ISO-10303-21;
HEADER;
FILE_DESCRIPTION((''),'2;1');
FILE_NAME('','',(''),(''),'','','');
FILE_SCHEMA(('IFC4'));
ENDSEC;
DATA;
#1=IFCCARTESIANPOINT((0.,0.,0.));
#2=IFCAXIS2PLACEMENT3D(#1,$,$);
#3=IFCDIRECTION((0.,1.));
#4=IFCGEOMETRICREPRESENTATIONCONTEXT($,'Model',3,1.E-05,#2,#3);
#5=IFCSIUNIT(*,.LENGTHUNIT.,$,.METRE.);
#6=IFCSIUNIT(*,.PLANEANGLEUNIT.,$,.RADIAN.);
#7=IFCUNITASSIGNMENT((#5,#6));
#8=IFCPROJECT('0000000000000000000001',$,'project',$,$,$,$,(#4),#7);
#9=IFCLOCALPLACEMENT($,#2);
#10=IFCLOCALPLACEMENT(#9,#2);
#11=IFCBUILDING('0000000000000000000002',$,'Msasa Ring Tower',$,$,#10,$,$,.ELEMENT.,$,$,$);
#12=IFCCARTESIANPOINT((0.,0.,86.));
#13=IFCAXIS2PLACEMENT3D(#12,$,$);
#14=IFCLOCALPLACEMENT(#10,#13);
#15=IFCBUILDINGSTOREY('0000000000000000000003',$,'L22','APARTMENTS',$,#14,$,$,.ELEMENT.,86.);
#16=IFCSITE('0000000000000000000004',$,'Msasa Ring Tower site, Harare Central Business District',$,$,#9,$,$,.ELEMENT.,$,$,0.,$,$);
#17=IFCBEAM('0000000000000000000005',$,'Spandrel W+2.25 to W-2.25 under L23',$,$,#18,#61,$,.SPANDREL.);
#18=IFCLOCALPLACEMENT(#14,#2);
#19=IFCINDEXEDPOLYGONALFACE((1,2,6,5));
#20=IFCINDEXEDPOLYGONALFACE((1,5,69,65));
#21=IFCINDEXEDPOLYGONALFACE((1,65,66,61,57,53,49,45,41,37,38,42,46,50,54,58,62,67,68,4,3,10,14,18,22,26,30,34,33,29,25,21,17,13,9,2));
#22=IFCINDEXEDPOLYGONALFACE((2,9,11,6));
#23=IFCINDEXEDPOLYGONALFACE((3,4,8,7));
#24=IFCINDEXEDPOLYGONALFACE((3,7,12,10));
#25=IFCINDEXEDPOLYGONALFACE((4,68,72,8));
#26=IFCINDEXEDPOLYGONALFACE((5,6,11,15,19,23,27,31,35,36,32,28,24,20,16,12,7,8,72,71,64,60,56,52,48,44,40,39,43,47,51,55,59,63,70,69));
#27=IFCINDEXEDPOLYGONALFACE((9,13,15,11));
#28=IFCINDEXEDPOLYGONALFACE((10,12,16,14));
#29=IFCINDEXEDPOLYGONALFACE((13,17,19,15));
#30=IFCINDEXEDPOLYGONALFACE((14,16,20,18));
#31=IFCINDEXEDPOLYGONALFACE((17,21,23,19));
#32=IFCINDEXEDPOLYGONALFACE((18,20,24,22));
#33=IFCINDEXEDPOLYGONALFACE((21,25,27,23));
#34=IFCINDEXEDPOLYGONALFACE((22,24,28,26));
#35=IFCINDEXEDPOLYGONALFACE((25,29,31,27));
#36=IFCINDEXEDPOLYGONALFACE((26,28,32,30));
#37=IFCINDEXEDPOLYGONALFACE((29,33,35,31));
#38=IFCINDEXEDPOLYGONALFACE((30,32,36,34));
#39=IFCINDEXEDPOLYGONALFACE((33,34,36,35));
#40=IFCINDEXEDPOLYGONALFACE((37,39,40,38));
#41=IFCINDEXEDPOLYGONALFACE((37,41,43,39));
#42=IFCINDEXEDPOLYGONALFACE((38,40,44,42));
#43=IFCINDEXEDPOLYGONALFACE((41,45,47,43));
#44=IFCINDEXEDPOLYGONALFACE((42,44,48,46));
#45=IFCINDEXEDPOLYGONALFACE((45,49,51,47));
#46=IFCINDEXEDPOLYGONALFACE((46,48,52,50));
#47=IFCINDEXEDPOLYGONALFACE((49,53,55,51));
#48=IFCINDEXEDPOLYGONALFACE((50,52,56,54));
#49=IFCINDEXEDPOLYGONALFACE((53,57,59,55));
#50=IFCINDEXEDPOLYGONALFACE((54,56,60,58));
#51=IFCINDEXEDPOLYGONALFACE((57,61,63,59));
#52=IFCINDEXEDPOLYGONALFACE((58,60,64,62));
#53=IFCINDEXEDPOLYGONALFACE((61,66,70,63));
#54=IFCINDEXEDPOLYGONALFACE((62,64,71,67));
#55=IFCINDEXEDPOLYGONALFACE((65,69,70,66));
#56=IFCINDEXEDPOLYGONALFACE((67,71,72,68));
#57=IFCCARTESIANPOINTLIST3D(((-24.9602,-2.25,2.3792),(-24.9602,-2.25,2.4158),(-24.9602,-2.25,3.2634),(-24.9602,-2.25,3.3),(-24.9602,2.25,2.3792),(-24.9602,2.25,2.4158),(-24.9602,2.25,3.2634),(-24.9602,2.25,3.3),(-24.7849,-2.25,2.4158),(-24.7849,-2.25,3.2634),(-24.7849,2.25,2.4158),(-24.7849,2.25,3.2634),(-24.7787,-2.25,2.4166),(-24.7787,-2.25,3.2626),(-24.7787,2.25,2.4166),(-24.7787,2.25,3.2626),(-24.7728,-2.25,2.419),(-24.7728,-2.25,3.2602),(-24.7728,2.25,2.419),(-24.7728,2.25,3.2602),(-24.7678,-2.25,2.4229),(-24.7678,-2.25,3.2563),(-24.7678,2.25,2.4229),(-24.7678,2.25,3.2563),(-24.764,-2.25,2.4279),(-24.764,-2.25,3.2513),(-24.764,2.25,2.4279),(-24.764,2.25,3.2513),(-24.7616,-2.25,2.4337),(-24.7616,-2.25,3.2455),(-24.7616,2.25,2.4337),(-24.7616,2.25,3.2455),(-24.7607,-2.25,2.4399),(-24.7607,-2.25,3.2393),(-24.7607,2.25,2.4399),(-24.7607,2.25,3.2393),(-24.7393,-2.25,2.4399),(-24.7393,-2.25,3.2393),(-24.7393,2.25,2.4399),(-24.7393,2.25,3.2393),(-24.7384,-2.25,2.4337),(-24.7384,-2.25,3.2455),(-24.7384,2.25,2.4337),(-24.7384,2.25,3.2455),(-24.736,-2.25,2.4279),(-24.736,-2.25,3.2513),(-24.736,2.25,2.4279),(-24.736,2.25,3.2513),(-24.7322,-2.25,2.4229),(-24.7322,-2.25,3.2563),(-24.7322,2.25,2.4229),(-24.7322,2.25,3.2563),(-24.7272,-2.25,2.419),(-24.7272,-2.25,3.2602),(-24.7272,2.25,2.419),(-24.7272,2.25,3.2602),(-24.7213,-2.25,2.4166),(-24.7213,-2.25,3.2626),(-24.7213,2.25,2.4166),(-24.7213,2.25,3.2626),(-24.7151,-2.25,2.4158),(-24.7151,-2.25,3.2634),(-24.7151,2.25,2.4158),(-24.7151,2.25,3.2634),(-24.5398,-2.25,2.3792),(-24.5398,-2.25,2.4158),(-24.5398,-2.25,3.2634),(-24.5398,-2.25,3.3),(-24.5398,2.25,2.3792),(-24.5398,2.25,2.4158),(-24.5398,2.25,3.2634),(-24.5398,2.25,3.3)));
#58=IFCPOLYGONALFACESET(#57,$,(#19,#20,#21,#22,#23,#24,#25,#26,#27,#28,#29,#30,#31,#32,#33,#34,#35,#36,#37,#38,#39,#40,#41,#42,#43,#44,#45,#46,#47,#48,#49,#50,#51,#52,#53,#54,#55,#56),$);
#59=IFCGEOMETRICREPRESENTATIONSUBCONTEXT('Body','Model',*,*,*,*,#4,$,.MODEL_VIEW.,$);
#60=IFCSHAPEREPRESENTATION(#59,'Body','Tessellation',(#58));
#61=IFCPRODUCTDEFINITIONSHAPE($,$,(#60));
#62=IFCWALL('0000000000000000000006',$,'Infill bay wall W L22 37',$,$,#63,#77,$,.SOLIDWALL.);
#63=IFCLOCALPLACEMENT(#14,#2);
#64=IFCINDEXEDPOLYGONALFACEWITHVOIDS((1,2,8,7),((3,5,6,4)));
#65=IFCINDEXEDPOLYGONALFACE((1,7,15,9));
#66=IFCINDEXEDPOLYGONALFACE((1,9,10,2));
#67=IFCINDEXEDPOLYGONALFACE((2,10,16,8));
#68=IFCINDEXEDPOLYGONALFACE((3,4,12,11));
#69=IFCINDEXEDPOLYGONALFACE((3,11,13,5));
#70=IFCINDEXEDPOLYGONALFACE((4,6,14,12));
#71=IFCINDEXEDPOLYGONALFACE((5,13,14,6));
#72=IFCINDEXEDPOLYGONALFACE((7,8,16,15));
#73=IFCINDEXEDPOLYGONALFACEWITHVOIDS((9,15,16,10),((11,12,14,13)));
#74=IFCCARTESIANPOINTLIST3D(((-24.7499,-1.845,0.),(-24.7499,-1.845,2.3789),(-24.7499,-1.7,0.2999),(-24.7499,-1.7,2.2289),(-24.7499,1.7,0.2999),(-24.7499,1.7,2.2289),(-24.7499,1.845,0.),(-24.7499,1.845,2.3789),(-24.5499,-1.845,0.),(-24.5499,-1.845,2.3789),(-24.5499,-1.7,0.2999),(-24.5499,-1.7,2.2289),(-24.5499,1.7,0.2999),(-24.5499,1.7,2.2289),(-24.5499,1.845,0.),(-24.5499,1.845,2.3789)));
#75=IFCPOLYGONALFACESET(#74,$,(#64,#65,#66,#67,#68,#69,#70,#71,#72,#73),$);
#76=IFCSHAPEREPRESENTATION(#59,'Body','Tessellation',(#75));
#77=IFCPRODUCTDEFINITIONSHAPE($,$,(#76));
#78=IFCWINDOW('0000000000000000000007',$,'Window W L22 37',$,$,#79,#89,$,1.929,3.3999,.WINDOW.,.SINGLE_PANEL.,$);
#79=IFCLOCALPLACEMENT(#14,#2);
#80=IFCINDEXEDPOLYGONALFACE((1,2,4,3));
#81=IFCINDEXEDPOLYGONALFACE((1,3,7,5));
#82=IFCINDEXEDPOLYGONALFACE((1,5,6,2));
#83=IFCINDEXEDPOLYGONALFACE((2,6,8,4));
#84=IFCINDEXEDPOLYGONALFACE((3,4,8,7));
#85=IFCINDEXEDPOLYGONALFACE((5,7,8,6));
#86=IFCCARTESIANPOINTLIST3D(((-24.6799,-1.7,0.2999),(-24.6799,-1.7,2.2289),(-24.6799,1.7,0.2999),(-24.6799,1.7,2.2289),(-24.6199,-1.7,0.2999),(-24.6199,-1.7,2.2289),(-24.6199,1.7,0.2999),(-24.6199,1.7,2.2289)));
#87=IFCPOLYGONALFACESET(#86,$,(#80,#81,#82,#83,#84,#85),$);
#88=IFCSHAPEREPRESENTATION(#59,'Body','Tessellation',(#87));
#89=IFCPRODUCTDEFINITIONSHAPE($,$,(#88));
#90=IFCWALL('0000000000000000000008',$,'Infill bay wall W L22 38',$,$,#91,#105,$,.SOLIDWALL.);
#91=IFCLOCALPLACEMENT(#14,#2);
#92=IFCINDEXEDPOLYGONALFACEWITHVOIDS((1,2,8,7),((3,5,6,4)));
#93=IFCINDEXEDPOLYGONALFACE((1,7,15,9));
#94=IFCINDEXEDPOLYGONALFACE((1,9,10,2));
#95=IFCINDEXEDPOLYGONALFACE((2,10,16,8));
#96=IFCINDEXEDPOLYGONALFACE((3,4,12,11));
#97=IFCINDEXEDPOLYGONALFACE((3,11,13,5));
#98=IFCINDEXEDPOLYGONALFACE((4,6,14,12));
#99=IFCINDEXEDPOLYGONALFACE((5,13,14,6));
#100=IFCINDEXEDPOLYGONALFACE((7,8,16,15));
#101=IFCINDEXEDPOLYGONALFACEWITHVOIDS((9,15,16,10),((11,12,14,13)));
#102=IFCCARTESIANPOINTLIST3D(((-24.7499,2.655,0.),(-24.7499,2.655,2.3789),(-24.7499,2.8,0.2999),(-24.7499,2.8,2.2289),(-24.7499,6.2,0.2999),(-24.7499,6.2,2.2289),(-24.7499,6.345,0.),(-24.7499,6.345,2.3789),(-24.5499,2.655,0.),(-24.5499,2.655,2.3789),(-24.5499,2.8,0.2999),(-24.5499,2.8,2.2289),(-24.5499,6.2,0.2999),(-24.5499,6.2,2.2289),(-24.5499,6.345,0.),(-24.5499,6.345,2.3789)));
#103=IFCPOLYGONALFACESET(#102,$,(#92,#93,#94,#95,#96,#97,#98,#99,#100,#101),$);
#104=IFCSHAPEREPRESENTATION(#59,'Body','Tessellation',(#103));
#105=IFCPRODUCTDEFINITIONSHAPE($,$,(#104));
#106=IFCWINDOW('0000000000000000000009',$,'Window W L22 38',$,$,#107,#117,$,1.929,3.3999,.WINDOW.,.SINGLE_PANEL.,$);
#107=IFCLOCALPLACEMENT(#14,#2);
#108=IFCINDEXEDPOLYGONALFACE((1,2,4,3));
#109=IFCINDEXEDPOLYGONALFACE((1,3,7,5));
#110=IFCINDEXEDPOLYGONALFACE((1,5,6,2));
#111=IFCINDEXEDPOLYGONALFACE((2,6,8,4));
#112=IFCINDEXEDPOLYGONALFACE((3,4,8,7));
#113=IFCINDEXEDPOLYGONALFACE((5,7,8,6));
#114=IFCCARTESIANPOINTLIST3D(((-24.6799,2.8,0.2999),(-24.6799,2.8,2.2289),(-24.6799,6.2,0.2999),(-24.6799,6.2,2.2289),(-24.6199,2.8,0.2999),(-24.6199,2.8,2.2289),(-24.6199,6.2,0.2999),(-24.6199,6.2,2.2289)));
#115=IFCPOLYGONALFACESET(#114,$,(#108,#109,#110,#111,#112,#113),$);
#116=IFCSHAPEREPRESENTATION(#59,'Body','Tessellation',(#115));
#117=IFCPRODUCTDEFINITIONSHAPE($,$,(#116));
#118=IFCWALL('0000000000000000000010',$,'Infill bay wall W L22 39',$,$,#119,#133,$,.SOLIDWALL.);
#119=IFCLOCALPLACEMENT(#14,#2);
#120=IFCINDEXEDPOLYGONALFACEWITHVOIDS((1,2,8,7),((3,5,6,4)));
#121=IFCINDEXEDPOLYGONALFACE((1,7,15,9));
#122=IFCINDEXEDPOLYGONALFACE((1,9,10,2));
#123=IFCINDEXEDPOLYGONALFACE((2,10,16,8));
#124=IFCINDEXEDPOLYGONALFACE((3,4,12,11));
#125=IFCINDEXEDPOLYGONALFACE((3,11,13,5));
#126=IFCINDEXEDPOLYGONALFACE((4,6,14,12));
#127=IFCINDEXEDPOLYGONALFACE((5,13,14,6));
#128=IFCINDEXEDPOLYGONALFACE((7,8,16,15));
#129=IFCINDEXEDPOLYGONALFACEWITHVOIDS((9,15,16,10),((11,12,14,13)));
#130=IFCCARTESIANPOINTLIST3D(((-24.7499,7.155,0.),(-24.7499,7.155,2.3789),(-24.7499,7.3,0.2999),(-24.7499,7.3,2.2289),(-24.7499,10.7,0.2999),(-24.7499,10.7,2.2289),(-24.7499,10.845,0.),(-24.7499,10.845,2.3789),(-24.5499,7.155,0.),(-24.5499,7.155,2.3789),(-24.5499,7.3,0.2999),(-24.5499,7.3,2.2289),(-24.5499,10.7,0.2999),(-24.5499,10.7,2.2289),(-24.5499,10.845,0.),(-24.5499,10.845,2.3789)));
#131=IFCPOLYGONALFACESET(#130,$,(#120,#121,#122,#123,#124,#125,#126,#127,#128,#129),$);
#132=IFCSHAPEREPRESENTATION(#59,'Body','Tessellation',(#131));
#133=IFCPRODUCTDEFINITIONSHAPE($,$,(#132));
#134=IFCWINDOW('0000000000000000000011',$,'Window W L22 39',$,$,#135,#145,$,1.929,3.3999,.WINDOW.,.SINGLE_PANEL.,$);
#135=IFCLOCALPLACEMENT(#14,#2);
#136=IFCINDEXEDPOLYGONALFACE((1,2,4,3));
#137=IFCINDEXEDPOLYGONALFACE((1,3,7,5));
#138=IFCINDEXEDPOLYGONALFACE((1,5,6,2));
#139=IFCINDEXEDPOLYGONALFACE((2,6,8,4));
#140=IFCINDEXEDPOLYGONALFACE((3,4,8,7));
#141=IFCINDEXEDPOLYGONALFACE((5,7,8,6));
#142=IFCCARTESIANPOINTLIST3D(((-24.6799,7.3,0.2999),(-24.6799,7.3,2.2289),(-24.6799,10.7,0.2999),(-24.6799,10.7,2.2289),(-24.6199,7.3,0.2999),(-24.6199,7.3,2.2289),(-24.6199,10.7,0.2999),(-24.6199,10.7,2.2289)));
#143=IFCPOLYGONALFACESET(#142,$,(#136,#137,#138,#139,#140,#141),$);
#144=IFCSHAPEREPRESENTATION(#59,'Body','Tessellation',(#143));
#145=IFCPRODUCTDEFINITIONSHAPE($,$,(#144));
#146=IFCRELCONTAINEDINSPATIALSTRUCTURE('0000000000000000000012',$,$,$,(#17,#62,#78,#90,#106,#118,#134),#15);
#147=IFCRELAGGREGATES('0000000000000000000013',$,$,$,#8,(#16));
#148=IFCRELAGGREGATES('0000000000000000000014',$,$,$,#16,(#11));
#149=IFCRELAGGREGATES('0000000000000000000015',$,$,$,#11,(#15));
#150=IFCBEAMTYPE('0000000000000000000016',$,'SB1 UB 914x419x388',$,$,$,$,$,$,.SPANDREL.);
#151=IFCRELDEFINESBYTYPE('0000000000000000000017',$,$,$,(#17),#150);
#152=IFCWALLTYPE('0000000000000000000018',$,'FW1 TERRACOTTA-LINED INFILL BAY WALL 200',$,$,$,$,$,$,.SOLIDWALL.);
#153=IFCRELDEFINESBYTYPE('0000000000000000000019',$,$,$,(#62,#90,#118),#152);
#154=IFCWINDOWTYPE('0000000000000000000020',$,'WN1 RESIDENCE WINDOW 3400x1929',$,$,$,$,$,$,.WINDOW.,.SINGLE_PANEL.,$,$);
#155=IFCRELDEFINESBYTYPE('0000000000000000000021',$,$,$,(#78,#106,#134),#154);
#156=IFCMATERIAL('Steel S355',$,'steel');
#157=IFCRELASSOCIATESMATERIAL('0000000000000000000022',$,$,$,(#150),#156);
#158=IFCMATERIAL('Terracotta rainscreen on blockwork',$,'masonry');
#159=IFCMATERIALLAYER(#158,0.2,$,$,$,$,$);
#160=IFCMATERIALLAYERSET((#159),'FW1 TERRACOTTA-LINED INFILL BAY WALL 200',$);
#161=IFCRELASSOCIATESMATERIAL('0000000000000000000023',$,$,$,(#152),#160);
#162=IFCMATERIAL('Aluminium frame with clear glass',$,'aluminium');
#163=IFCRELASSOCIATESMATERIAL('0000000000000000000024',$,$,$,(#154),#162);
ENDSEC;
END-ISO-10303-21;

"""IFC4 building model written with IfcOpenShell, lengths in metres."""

from ifc_helpers import new_model, si_unit, direction, frame, frame_2d, origin, origin_2d, place, context, subcontext, project, spatial, rectangle, i_section, extrude, material, layer, layer_set, material_profile, profile_set, type_object, element, fill, save


model = new_model("IFC4")

# Units and contexts
model_context = context("Model", 3, precision=1e-05, world=origin(), true_north=direction((0.0, 1.0)))
body_context = subcontext(model_context, "Body", "Model", "MODEL_VIEW")
ifc_project = project(units=[si_unit("LENGTHUNIT", "METRE"), si_unit("PLANEANGLEUNIT", "RADIAN")], contexts=[model_context])

# Site, building, storey
site_placement = place(None, origin())
site = spatial("IfcSite", under=ifc_project, at=site_placement, Name="Msasa Ring Tower site, Harare Central Business District", CompositionType="ELEMENT", RefElevation=0.0)
building_placement = place(site_placement, origin())
building = spatial("IfcBuilding", under=site, at=building_placement, Name="Msasa Ring Tower", CompositionType="ELEMENT")
storey_placement = place(building_placement, frame((0.0, 0.0, 86.0)))
storey = spatial("IfcBuildingStorey", under=building, at=storey_placement, Name="L22", Description="APARTMENTS", CompositionType="ELEMENT", Elevation=86.0)

# Beam
ifc_material_1 = material(Name="Steel S355", Category="steel")
ifc_material_profile_1 = material_profile(ifc_material_1, i_section(OverallWidth=0.4204, OverallDepth=0.9209, WebThickness=0.0215, FlangeThickness=0.0366, FilletRadius=0.0242, at=origin_2d()), Name="UB 914x419x388")
ifc_profile_set_1 = profile_set([ifc_material_profile_1], Name="Steel S355")
beam_type_1 = type_object("IfcBeamType", Name="SB1 UB 914x419x388", PredefinedType="SPANDREL", material=ifc_profile_set_1)
for number, where, z_axis, x_axis, name in (
    (1, (-24.75, 2.25, 2.8396), (0.0, -1.0, 0.0), (1.0, 0.0, 0.0), "Spandrel W+2.25 to W-2.25 under L23"),
):
    element("IfcBeam", number, at=place(storey_placement, frame(where, z_axis=z_axis, x_axis=x_axis)), inside=storey, type_object=beam_type_1, Name=name, PredefinedType="SPANDREL", context=body_context, shape_type="SweptSolid", body=[
        extrude(i_section(OverallWidth=0.4204, OverallDepth=0.9209, WebThickness=0.0215, FlangeThickness=0.0366, FilletRadius=0.0242, at=origin_2d()), origin(), (0.0, 0.0, 1.0), 4.5),
    ])

# Walls, openings, windows
ifc_material_2 = material(Name="Terracotta rainscreen on blockwork", Category="masonry")
ifc_layer_1 = layer(ifc_material_2, 0.2)
ifc_layer_set_1 = layer_set([ifc_layer_1], Name="FW1 TERRACOTTA-LINED INFILL BAY WALL 200")
wall_type_1 = type_object("IfcWallType", Name="FW1 TERRACOTTA-LINED INFILL BAY WALL 200", PredefinedType="SOLIDWALL", material=ifc_layer_set_1)
wall_1_placement = place(storey_placement, frame((-24.6499, -1.845, 0.0), z_axis=(0.0, 0.0, 1.0), x_axis=(0.0, 1.0, 0.0)))
wall_1 = element("IfcWall", 2, at=wall_1_placement, inside=storey, type_object=wall_type_1, Name="Infill bay wall W L22 37", PredefinedType="SOLIDWALL", context=body_context, shape_type="SweptSolid", body=[
    extrude(rectangle(XDim=3.6899, YDim=0.2, at=frame_2d((1.845, 0.0))), origin(), (0.0, 0.0, 1.0), 2.3789),
])
opening_1_placement = place(wall_1_placement, frame((0.145, 0.0, 0.3)))
opening_1 = element("IfcOpeningElement", 3, at=opening_1_placement, cuts=wall_1, PredefinedType="OPENING", context=body_context, shape_type="SweptSolid", body=[
    extrude(rectangle(XDim=3.3999, YDim=1.929, at=frame_2d((1.7, 0.9644))), frame((0.0, 0.1099, 0.0), z_axis=(0.0, -1.0, 0.0), x_axis=(1.0, 0.0, 0.0)), (0.0, 0.0, 1.0), 0.22),
])
ifc_material_3 = material(Name="Aluminium frame with clear glass", Category="aluminium")
window_type = type_object("IfcWindowType", Name="WN1 RESIDENCE WINDOW 3400x1929", PartitioningType="SINGLE_PANEL", PredefinedType="WINDOW", material=ifc_material_3)
window_1_placement = place(opening_1_placement, origin())
window_1 = element("IfcWindow", 4, at=window_1_placement, inside=storey, type_object=window_type, Name="Window W L22 37", OverallHeight=1.929, OverallWidth=3.3999, PartitioningType="SINGLE_PANEL", PredefinedType="WINDOW", context=body_context, shape_type="SweptSolid", body=[
    extrude(rectangle(XDim=3.3999, YDim=1.929, at=frame_2d((1.7, 0.9644))), frame((0.0, 0.03, 0.0), z_axis=(0.0, -1.0, 0.0), x_axis=(1.0, 0.0, 0.0)), (0.0, 0.0, 1.0), 0.0601),
])
fill(opening_1, window_1)
wall_2_placement = place(storey_placement, frame((-24.6499, 2.655, 0.0), z_axis=(0.0, 0.0, 1.0), x_axis=(0.0, 1.0, 0.0)))
wall_2 = element("IfcWall", 5, at=wall_2_placement, inside=storey, type_object=wall_type_1, Name="Infill bay wall W L22 38", PredefinedType="SOLIDWALL", context=body_context, shape_type="SweptSolid", body=[
    extrude(rectangle(XDim=3.6899, YDim=0.2, at=frame_2d((1.845, 0.0))), origin(), (0.0, 0.0, 1.0), 2.3789),
])
opening_2_placement = place(wall_2_placement, frame((0.145, 0.0, 0.3)))
opening_2 = element("IfcOpeningElement", 6, at=opening_2_placement, cuts=wall_2, PredefinedType="OPENING", context=body_context, shape_type="SweptSolid", body=[
    extrude(rectangle(XDim=3.3999, YDim=1.929, at=frame_2d((1.7, 0.9644))), frame((0.0, 0.1099, 0.0), z_axis=(0.0, -1.0, 0.0), x_axis=(1.0, 0.0, 0.0)), (0.0, 0.0, 1.0), 0.22),
])
window_2_placement = place(opening_2_placement, origin())
window_2 = element("IfcWindow", 7, at=window_2_placement, inside=storey, type_object=window_type, Name="Window W L22 38", OverallHeight=1.929, OverallWidth=3.3999, PartitioningType="SINGLE_PANEL", PredefinedType="WINDOW", context=body_context, shape_type="SweptSolid", body=[
    extrude(rectangle(XDim=3.3999, YDim=1.929, at=frame_2d((1.7, 0.9644))), frame((0.0, 0.03, 0.0), z_axis=(0.0, -1.0, 0.0), x_axis=(1.0, 0.0, 0.0)), (0.0, 0.0, 1.0), 0.0601),
])
fill(opening_2, window_2)
wall_3_placement = place(storey_placement, frame((-24.6499, 7.155, 0.0), z_axis=(0.0, 0.0, 1.0), x_axis=(0.0, 1.0, 0.0)))
wall_3 = element("IfcWall", 8, at=wall_3_placement, inside=storey, type_object=wall_type_1, Name="Infill bay wall W L22 39", PredefinedType="SOLIDWALL", context=body_context, shape_type="SweptSolid", body=[
    extrude(rectangle(XDim=3.6899, YDim=0.2, at=frame_2d((1.845, 0.0))), origin(), (0.0, 0.0, 1.0), 2.3789),
])
opening_3_placement = place(wall_3_placement, frame((0.145, 0.0, 0.3)))
opening_3 = element("IfcOpeningElement", 9, at=opening_3_placement, cuts=wall_3, PredefinedType="OPENING", context=body_context, shape_type="SweptSolid", body=[
    extrude(rectangle(XDim=3.3999, YDim=1.929, at=frame_2d((1.7, 0.9644))), frame((0.0, 0.1099, 0.0), z_axis=(0.0, -1.0, 0.0), x_axis=(1.0, 0.0, 0.0)), (0.0, 0.0, 1.0), 0.22),
])
window_3_placement = place(opening_3_placement, origin())
window_3 = element("IfcWindow", 10, at=window_3_placement, inside=storey, type_object=window_type, Name="Window W L22 39", OverallHeight=1.929, OverallWidth=3.3999, PartitioningType="SINGLE_PANEL", PredefinedType="WINDOW", context=body_context, shape_type="SweptSolid", body=[
    extrude(rectangle(XDim=3.3999, YDim=1.929, at=frame_2d((1.7, 0.9644))), frame((0.0, 0.03, 0.0), z_axis=(0.0, -1.0, 0.0), x_axis=(1.0, 0.0, 0.0)), (0.0, 0.0, 1.0), 0.0601),
])
fill(opening_3, window_3)

save(model, "model.ifc")
